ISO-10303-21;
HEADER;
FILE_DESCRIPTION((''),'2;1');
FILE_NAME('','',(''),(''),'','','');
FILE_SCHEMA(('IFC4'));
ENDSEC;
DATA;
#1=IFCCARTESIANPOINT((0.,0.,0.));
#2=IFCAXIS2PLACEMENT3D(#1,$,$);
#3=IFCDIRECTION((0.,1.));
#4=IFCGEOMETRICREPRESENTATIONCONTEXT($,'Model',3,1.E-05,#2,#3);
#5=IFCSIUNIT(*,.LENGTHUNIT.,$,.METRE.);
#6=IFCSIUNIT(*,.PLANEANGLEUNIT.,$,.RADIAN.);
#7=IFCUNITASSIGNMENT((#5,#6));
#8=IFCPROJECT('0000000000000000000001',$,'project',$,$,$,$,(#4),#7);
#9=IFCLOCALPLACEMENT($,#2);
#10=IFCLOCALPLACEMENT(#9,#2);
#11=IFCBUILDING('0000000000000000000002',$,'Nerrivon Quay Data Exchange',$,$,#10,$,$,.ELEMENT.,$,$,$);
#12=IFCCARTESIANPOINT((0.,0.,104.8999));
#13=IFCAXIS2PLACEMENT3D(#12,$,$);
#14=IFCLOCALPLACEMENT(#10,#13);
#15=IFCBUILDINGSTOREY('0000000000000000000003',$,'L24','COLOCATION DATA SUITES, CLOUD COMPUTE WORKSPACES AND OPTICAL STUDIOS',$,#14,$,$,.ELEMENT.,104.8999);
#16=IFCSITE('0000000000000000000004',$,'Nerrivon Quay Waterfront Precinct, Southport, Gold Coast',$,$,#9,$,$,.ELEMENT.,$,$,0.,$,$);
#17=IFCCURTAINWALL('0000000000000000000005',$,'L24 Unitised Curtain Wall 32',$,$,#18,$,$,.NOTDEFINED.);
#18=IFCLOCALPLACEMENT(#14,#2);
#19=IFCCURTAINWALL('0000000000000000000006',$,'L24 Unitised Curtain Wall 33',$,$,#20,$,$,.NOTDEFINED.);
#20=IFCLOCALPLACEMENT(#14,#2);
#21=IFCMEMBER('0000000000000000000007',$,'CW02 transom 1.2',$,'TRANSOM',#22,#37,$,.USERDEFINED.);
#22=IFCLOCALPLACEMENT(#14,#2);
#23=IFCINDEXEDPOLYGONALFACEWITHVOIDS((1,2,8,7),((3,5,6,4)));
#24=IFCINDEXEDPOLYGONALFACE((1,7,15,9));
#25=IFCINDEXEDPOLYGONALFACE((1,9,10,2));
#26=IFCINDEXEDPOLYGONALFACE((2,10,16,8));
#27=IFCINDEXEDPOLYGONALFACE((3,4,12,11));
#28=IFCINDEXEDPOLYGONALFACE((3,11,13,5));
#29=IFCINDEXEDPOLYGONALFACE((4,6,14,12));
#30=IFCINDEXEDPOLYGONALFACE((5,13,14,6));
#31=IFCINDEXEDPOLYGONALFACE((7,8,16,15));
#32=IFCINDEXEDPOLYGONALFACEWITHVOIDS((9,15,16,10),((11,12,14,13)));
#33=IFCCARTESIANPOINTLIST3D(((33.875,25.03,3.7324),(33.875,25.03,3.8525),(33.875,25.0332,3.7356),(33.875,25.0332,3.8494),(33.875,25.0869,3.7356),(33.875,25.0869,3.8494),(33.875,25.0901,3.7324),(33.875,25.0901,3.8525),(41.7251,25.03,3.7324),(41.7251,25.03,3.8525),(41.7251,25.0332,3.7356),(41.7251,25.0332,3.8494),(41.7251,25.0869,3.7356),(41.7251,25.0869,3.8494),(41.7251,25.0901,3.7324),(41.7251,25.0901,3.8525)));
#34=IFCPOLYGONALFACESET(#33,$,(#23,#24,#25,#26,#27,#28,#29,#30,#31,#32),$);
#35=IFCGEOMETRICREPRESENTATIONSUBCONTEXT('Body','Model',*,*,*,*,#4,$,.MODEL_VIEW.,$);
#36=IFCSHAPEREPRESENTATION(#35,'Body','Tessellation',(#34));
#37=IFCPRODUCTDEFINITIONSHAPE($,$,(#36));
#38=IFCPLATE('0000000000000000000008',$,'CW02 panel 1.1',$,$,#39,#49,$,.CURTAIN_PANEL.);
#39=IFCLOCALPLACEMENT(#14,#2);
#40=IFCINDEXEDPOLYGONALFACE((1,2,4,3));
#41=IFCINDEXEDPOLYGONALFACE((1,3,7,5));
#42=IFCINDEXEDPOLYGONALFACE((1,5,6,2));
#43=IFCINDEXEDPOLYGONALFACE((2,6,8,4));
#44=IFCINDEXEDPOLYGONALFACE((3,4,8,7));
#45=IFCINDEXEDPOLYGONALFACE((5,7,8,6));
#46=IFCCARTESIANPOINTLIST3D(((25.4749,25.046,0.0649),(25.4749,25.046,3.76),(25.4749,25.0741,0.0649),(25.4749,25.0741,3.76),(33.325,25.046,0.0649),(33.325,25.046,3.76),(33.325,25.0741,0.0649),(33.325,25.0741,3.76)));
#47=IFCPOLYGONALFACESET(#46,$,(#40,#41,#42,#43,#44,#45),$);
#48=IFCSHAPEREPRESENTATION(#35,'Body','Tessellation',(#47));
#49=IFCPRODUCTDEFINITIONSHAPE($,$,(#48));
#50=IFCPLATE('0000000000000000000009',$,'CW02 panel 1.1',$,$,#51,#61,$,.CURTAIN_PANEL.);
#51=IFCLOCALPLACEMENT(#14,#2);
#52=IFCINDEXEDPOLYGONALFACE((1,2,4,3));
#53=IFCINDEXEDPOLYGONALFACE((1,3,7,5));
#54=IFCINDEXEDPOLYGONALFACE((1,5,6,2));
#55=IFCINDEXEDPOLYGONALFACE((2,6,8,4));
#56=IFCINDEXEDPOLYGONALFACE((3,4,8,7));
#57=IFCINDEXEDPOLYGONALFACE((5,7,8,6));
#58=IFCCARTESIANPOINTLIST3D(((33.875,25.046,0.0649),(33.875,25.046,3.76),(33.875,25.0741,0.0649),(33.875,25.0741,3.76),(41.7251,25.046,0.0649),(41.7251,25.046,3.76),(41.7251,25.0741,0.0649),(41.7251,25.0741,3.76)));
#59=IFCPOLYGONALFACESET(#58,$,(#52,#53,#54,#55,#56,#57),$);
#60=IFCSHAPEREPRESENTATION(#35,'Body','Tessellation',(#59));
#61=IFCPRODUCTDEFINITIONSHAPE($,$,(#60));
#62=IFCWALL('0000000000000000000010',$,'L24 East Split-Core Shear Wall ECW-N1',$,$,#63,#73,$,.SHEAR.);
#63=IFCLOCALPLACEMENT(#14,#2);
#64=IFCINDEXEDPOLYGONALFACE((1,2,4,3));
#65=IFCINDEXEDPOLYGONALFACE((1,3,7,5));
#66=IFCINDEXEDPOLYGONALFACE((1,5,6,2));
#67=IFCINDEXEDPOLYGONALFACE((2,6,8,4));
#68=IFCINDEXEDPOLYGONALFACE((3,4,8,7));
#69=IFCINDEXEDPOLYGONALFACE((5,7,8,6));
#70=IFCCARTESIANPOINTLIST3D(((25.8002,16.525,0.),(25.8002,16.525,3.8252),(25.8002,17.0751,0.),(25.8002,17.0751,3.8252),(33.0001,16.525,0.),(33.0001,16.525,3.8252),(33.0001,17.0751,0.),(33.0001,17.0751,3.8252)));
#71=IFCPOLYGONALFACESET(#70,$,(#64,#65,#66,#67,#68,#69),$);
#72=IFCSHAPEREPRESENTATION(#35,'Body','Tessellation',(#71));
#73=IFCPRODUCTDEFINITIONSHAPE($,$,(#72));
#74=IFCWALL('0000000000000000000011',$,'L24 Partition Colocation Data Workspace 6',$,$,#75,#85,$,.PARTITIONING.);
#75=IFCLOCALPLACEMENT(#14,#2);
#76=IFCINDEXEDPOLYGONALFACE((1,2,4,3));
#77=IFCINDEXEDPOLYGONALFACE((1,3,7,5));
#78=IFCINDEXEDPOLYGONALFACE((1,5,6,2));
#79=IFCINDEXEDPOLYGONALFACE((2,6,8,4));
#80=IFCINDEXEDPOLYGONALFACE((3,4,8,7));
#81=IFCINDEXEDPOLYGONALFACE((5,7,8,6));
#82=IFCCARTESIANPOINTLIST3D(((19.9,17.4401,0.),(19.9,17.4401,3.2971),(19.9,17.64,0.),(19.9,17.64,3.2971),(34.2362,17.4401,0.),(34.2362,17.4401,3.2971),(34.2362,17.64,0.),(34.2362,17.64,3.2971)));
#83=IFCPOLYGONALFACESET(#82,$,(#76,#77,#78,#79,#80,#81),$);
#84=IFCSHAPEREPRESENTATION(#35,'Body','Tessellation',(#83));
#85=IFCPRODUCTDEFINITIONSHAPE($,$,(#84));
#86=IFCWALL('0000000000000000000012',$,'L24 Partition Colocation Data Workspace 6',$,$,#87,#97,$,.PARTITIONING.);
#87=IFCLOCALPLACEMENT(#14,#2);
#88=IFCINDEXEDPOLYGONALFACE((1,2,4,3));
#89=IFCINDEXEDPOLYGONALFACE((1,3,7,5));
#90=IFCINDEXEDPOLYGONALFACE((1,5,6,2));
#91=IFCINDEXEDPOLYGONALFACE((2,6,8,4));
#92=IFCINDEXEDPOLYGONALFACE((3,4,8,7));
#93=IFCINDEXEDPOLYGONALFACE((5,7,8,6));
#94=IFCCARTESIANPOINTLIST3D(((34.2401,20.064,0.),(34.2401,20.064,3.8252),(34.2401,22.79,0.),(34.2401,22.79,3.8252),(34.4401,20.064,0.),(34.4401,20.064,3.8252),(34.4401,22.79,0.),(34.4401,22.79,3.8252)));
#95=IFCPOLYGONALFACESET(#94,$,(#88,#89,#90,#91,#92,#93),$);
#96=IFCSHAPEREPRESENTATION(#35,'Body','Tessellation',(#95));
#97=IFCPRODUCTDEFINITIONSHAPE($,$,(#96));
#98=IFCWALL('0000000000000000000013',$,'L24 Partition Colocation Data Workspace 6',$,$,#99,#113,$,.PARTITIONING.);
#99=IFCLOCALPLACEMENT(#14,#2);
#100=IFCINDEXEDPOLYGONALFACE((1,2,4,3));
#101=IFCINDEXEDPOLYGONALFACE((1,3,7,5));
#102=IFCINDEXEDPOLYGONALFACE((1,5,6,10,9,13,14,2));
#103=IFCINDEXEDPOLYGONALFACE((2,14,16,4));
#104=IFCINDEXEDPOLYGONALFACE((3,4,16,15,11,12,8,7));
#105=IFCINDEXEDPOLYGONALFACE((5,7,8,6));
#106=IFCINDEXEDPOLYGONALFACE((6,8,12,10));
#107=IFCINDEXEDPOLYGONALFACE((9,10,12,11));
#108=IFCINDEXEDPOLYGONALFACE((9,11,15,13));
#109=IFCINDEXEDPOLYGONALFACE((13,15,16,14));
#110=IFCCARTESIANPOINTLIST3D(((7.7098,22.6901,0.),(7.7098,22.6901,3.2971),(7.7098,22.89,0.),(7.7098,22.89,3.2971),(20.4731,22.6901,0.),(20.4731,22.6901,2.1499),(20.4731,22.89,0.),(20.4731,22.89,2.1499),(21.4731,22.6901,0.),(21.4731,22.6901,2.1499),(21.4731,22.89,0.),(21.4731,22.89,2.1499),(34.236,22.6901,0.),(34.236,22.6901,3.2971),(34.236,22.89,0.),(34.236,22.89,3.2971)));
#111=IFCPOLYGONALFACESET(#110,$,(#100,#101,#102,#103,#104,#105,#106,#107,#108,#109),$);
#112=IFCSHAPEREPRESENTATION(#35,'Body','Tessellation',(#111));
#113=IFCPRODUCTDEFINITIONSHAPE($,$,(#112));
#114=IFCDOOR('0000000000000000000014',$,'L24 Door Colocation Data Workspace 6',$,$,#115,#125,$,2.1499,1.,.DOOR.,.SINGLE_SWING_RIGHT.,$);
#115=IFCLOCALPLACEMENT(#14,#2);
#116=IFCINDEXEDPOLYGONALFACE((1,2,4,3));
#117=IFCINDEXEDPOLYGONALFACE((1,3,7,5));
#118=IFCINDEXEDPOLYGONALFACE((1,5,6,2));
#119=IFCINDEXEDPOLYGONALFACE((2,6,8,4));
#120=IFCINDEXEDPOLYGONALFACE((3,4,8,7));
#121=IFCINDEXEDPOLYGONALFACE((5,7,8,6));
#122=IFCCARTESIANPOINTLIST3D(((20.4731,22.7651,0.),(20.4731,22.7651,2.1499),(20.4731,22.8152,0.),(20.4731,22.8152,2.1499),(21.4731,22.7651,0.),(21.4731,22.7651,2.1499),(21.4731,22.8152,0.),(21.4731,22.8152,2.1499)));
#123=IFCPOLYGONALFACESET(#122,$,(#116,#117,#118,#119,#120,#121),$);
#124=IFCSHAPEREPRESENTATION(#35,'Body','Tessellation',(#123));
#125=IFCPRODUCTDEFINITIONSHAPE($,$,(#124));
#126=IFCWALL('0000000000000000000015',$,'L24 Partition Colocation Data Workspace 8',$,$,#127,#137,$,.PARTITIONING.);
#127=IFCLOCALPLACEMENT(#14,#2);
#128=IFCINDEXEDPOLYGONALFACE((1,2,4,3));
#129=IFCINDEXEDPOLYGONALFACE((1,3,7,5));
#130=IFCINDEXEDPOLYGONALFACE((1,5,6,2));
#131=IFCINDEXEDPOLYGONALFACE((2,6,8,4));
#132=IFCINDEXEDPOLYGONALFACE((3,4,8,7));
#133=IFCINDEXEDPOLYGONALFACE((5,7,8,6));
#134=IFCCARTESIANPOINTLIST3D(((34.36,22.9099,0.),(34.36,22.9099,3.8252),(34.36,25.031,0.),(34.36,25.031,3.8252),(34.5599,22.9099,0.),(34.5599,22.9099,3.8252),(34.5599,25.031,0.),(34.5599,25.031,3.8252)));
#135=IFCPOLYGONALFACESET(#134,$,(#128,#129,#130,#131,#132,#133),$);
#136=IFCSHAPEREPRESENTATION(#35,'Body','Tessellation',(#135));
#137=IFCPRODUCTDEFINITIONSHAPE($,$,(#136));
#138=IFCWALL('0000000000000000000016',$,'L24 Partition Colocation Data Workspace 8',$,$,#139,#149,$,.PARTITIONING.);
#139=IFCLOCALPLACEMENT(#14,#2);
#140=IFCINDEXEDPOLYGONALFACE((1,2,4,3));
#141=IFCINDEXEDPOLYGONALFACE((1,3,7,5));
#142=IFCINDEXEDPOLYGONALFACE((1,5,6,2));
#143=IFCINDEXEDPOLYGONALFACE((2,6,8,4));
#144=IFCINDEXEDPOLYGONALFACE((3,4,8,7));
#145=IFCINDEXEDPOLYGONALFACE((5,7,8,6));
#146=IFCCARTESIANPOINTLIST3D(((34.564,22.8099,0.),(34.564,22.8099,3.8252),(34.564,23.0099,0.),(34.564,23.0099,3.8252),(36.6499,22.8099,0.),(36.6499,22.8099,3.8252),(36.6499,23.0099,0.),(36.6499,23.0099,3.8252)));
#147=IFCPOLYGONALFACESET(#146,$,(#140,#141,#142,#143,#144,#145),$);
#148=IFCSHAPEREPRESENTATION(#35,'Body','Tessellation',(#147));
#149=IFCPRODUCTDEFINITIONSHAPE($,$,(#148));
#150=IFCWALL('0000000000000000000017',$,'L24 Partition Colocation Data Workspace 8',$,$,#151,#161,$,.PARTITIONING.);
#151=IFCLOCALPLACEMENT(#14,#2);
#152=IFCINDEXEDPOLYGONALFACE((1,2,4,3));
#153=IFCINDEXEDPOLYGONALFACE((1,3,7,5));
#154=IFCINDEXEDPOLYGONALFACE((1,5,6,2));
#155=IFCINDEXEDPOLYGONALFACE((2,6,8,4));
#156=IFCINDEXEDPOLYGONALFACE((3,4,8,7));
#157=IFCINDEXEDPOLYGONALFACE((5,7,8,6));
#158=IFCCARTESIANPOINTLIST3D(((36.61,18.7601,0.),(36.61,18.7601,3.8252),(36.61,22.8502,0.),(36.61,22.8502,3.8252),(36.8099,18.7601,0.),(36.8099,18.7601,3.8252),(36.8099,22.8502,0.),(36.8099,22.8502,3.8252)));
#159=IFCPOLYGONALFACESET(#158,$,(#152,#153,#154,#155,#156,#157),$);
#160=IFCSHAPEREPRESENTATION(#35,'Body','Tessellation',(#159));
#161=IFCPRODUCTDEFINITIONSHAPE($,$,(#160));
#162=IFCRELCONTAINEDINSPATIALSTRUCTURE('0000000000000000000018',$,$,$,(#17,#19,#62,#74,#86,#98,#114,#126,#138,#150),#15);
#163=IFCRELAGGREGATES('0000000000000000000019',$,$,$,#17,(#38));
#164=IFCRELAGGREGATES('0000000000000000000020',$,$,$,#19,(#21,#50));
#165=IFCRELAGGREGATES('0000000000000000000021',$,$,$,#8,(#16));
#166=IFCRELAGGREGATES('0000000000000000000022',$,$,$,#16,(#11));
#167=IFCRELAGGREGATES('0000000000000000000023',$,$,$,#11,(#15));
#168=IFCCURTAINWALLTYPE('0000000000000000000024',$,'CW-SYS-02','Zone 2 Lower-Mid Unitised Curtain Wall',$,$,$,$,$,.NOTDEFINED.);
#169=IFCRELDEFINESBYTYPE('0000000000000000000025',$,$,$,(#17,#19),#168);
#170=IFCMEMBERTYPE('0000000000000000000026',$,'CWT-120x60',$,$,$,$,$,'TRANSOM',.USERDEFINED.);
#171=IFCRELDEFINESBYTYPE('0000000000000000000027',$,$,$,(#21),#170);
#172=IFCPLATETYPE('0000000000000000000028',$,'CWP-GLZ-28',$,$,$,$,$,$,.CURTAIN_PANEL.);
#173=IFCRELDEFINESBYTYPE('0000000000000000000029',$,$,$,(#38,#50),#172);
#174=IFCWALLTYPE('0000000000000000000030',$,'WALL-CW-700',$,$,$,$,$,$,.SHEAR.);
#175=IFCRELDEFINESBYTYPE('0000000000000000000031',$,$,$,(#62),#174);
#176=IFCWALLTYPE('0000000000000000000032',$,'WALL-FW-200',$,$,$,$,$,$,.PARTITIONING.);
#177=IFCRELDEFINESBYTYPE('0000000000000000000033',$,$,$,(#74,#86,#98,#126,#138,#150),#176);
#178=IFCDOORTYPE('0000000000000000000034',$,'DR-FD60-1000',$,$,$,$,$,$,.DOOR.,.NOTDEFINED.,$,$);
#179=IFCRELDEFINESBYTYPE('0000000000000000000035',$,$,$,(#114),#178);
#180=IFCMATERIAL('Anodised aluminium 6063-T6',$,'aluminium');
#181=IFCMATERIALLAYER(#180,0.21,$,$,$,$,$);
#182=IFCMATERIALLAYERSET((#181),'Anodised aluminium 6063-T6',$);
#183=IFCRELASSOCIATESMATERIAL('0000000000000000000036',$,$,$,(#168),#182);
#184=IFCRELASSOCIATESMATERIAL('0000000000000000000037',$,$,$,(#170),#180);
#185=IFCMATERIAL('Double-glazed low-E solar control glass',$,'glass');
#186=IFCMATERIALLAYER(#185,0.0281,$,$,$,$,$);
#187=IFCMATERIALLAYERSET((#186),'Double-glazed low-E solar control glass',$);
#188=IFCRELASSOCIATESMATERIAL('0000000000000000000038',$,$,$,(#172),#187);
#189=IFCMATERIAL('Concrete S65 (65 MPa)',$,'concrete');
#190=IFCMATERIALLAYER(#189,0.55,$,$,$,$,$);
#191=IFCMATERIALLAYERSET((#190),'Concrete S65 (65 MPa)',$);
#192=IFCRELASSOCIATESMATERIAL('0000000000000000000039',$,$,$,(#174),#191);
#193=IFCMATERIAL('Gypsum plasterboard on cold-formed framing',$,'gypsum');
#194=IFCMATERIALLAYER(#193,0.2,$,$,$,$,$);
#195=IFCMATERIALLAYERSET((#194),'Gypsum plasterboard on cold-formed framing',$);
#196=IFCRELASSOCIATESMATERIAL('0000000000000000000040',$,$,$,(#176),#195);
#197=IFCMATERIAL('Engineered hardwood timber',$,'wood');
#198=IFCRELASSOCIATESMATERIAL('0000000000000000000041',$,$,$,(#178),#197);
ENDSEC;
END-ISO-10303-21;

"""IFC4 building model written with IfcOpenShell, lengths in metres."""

from ifc_helpers import new_model, si_unit, direction, frame, frame_2d, origin, origin_2d, place, context, subcontext, project, spatial, rectangle, hollow_rectangle, extrude, material, layer, layer_set, material_profile, profile_set, type_object, element, fill, aggregate, save


model = new_model("IFC4")

# Units and contexts
model_context = context("Model", 3, precision=1e-05, world=origin(), true_north=direction((0.0, 1.0)))
body_context = subcontext(model_context, "Body", "Model", "MODEL_VIEW")
ifc_project = project(units=[si_unit("LENGTHUNIT", "METRE"), si_unit("PLANEANGLEUNIT", "RADIAN")], contexts=[model_context])

# Site, building, storey
site_placement = place(None, origin())
site = spatial("IfcSite", under=ifc_project, at=site_placement, Name="Nerrivon Quay Waterfront Precinct, Southport, Gold Coast", CompositionType="ELEMENT", RefElevation=0.0)
building_placement = place(site_placement, origin())
building = spatial("IfcBuilding", under=site, at=building_placement, Name="Nerrivon Quay Data Exchange", CompositionType="ELEMENT")
storey_placement = place(building_placement, frame((0.0, 0.0, 104.8999)))
storey = spatial("IfcBuildingStorey", under=building, at=storey_placement, Name="L24", Description="COLOCATION DATA SUITES, CLOUD COMPUTE WORKSPACES AND OPTICAL STUDIOS", CompositionType="ELEMENT", Elevation=104.8999)

# Shared definitions
ifc_material_1 = material(Name="Concrete S65 (65 MPa)", Category="concrete")

# Curtain wall
ifc_material_2 = material(Name="Anodised aluminium 6063-T6", Category="aluminium")
ifc_layer_1 = layer(ifc_material_2, 0.21)
ifc_layer_set_1 = layer_set([ifc_layer_1], Name="Anodised aluminium 6063-T6")
curtain_wall_type = type_object("IfcCurtainWallType", Name="CW-SYS-02", Description="Zone 2 Lower-Mid Unitised Curtain Wall", PredefinedType="NOTDEFINED", material=ifc_layer_set_1)
curtain_wall_1_placement = place(storey_placement, origin())
curtain_wall_1 = element("IfcCurtainWall", 1, at=curtain_wall_1_placement, inside=storey, type_object=curtain_wall_type, Name="L24 Unitised Curtain Wall 32", PredefinedType="NOTDEFINED")

# Curtain wall
curtain_wall_2_placement = place(storey_placement, origin())
curtain_wall_2 = element("IfcCurtainWall", 2, at=curtain_wall_2_placement, inside=storey, type_object=curtain_wall_type, Name="L24 Unitised Curtain Wall 33", PredefinedType="NOTDEFINED")

# Member
ifc_material_profile_1 = material_profile(ifc_material_2, hollow_rectangle(XDim=0.0601, YDim=0.1201, WallThickness=0.0032, at=origin_2d()), Name="ALU-TRAN-120x60")
ifc_profile_set_1 = profile_set([ifc_material_profile_1], Name="Anodised aluminium 6063-T6")
member_type_1 = type_object("IfcMemberType", Name="CWT-120x60", ElementType="TRANSOM", PredefinedType="USERDEFINED", material=ifc_profile_set_1)
member_1_placement = place(storey_placement, frame((33.875, 25.0601, 3.7925), z_axis=(1.0, 0.0, 0.0), x_axis=(0.0, 1.0, 0.0)))
member_1 = element("IfcMember", 3, at=member_1_placement, type_object=member_type_1, Name="CW02 transom 1.2", ObjectType="TRANSOM", PredefinedType="USERDEFINED", context=body_context, shape_type="SweptSolid", body=[
    extrude(hollow_rectangle(XDim=0.0601, YDim=0.1201, WallThickness=0.0032, at=origin_2d()), origin(), (0.0, 0.0, 1.0), 7.8501),
])

# Plates
ifc_material_3 = material(Name="Double-glazed low-E solar control glass", Category="glass")
ifc_layer_2 = layer(ifc_material_3, 0.0281)
ifc_layer_set_2 = layer_set([ifc_layer_2], Name="Double-glazed low-E solar control glass")
plate_type = type_object("IfcPlateType", Name="CWP-GLZ-28", PredefinedType="CURTAIN_PANEL", material=ifc_layer_set_2)
plate_1_placement = place(storey_placement, frame((29.3999, 25.0601, 0.0649), z_axis=(0.0, 0.0, 1.0), x_axis=(1.0, 0.0, 0.0)))
plate_1 = element("IfcPlate", 4, at=plate_1_placement, type_object=plate_type, Name="CW02 panel 1.1", PredefinedType="CURTAIN_PANEL", context=body_context, shape_type="SweptSolid", body=[
    extrude(rectangle(XDim=7.8501, YDim=0.0281, at=origin_2d()), origin(), (0.0, 0.0, 1.0), 3.6951),
])
aggregate(curtain_wall_1, [plate_1])
plate_2_placement = place(storey_placement, frame((37.8, 25.0601, 0.0649), z_axis=(0.0, 0.0, 1.0), x_axis=(1.0, 0.0, 0.0)))
plate_2 = element("IfcPlate", 5, at=plate_2_placement, type_object=plate_type, Name="CW02 panel 1.1", PredefinedType="CURTAIN_PANEL", context=body_context, shape_type="SweptSolid", body=[
    extrude(rectangle(XDim=7.8501, YDim=0.0281, at=origin_2d()), origin(), (0.0, 0.0, 1.0), 3.6951),
])
aggregate(curtain_wall_2, [member_1, plate_2])

# Walls
ifc_layer_3 = layer(ifc_material_1, 0.55)
ifc_layer_set_3 = layer_set([ifc_layer_3], Name="Concrete S65 (65 MPa)")
wall_type_1 = type_object("IfcWallType", Name="WALL-CW-700", PredefinedType="SHEAR", material=ifc_layer_set_3)
wall_1_placement = place(storey_placement, frame((25.8, 16.8, 0.0), z_axis=(0.0, 0.0, 1.0), x_axis=(1.0, 0.0, 0.0)))
element("IfcWall", 6, at=wall_1_placement, inside=storey, type_object=wall_type_1, Name="L24 East Split-Core Shear Wall ECW-N1", PredefinedType="SHEAR", context=body_context, shape_type="SweptSolid", body=[
    extrude(rectangle(XDim=7.2, YDim=0.55, at=frame_2d((3.6001, 0.0))), origin(), (0.0, 0.0, 1.0), 3.8252),
])
ifc_material_4 = material(Name="Gypsum plasterboard on cold-formed framing", Category="gypsum")
ifc_layer_4 = layer(ifc_material_4, 0.2)
ifc_layer_set_4 = layer_set([ifc_layer_4], Name="Gypsum plasterboard on cold-formed framing")
wall_type_2 = type_object("IfcWallType", Name="WALL-FW-200", PredefinedType="PARTITIONING", material=ifc_layer_set_4)
wall_2_placement = place(storey_placement, frame((34.2361, 17.54, 0.0), z_axis=(0.0, 0.0, 1.0), x_axis=(-1.0, 0.0, 0.0)))
element("IfcWall", 7, at=wall_2_placement, inside=storey, type_object=wall_type_2, Name="L24 Partition Colocation Data Workspace 6", PredefinedType="PARTITIONING", context=body_context, shape_type="SweptSolid", body=[
    extrude(rectangle(XDim=14.3362, YDim=0.2, at=frame_2d((7.168, 0.0))), origin(), (0.0, 0.0, 1.0), 3.2971),
])
wall_3_placement = place(storey_placement, frame((34.3401, 20.064, 0.0), z_axis=(0.0, 0.0, 1.0), x_axis=(0.0, 1.0, 0.0)))
element("IfcWall", 8, at=wall_3_placement, inside=storey, type_object=wall_type_2, Name="L24 Partition Colocation Data Workspace 6", PredefinedType="PARTITIONING", context=body_context, shape_type="SweptSolid", body=[
    extrude(rectangle(XDim=2.7261, YDim=0.2, at=frame_2d((1.363, 0.0))), origin(), (0.0, 0.0, 1.0), 3.8252),
])

# Wall, opening, door
wall_4_placement = place(storey_placement, frame((34.2361, 22.79, 0.0), z_axis=(0.0, 0.0, 1.0), x_axis=(-1.0, 0.0, 0.0)))
wall_4 = element("IfcWall", 9, at=wall_4_placement, inside=storey, type_object=wall_type_2, Name="L24 Partition Colocation Data Workspace 6", PredefinedType="PARTITIONING", context=body_context, shape_type="SweptSolid", body=[
    extrude(rectangle(XDim=26.5261, YDim=0.2, at=frame_2d((13.2632, 0.0))), origin(), (0.0, 0.0, 1.0), 3.2971),
])
opening_1_placement = place(wall_4_placement, frame((12.7629, 0.0, 0.0)))
opening_1 = element("IfcOpeningElement", 10, at=opening_1_placement, cuts=wall_4, PredefinedType="OPENING", context=body_context, shape_type="SweptSolid", body=[
    extrude(rectangle(XDim=1.0, YDim=2.1499, at=frame_2d((0.5, 1.075))), frame((0.0, 0.1099, 0.0), z_axis=(0.0, -1.0, 0.0), x_axis=(1.0, 0.0, 0.0)), (0.0, 0.0, 1.0), 0.22),
])
ifc_material_5 = material(Name="Engineered hardwood timber", Category="wood")
door_type = type_object("IfcDoorType", Name="DR-FD60-1000", OperationType="NOTDEFINED", PredefinedType="DOOR", material=ifc_material_5)
door_1_placement = place(opening_1_placement, origin())
door_1 = element("IfcDoor", 11, at=door_1_placement, inside=storey, type_object=door_type, Name="L24 Door Colocation Data Workspace 6", OperationType="SINGLE_SWING_RIGHT", OverallHeight=2.1499, OverallWidth=1.0, PredefinedType="DOOR", context=body_context, shape_type="SweptSolid", body=[
    extrude(rectangle(XDim=1.0, YDim=2.1499, at=frame_2d((0.5, 1.075))), frame((0.0, 0.0249, 0.0), z_axis=(0.0, -1.0, 0.0), x_axis=(1.0, 0.0, 0.0)), (0.0, 0.0, 1.0), 0.05),
])
fill(opening_1, door_1)

# Walls
wall_5_placement = place(storey_placement, frame((34.46, 25.031, 0.0), z_axis=(0.0, 0.0, 1.0), x_axis=(0.0, -1.0, 0.0)))
element("IfcWall", 12, at=wall_5_placement, inside=storey, type_object=wall_type_2, Name="L24 Partition Colocation Data Workspace 8", PredefinedType="PARTITIONING", context=body_context, shape_type="SweptSolid", body=[
    extrude(rectangle(XDim=2.1211, YDim=0.2, at=frame_2d((1.0605, 0.0))), origin(), (0.0, 0.0, 1.0), 3.8252),
])
wall_6_placement = place(storey_placement, frame((34.564, 22.9099, 0.0), z_axis=(0.0, 0.0, 1.0), x_axis=(1.0, 0.0, 0.0)))
element("IfcWall", 13, at=wall_6_placement, inside=storey, type_object=wall_type_2, Name="L24 Partition Colocation Data Workspace 8", PredefinedType="PARTITIONING", context=body_context, shape_type="SweptSolid", body=[
    extrude(rectangle(XDim=2.0859, YDim=0.2, at=frame_2d((1.043, 0.0))), origin(), (0.0, 0.0, 1.0), 3.8252),
])
wall_7_placement = place(storey_placement, frame((36.71, 22.8501, 0.0), z_axis=(0.0, 0.0, 1.0), x_axis=(0.0, -1.0, 0.0)))
element("IfcWall", 14, at=wall_7_placement, inside=storey, type_object=wall_type_2, Name="L24 Partition Colocation Data Workspace 8", PredefinedType="PARTITIONING", context=body_context, shape_type="SweptSolid", body=[
    extrude(rectangle(XDim=4.0901, YDim=0.2, at=frame_2d((2.0449, 0.0))), origin(), (0.0, 0.0, 1.0), 3.8252),
])

save(model, "model.ifc")
